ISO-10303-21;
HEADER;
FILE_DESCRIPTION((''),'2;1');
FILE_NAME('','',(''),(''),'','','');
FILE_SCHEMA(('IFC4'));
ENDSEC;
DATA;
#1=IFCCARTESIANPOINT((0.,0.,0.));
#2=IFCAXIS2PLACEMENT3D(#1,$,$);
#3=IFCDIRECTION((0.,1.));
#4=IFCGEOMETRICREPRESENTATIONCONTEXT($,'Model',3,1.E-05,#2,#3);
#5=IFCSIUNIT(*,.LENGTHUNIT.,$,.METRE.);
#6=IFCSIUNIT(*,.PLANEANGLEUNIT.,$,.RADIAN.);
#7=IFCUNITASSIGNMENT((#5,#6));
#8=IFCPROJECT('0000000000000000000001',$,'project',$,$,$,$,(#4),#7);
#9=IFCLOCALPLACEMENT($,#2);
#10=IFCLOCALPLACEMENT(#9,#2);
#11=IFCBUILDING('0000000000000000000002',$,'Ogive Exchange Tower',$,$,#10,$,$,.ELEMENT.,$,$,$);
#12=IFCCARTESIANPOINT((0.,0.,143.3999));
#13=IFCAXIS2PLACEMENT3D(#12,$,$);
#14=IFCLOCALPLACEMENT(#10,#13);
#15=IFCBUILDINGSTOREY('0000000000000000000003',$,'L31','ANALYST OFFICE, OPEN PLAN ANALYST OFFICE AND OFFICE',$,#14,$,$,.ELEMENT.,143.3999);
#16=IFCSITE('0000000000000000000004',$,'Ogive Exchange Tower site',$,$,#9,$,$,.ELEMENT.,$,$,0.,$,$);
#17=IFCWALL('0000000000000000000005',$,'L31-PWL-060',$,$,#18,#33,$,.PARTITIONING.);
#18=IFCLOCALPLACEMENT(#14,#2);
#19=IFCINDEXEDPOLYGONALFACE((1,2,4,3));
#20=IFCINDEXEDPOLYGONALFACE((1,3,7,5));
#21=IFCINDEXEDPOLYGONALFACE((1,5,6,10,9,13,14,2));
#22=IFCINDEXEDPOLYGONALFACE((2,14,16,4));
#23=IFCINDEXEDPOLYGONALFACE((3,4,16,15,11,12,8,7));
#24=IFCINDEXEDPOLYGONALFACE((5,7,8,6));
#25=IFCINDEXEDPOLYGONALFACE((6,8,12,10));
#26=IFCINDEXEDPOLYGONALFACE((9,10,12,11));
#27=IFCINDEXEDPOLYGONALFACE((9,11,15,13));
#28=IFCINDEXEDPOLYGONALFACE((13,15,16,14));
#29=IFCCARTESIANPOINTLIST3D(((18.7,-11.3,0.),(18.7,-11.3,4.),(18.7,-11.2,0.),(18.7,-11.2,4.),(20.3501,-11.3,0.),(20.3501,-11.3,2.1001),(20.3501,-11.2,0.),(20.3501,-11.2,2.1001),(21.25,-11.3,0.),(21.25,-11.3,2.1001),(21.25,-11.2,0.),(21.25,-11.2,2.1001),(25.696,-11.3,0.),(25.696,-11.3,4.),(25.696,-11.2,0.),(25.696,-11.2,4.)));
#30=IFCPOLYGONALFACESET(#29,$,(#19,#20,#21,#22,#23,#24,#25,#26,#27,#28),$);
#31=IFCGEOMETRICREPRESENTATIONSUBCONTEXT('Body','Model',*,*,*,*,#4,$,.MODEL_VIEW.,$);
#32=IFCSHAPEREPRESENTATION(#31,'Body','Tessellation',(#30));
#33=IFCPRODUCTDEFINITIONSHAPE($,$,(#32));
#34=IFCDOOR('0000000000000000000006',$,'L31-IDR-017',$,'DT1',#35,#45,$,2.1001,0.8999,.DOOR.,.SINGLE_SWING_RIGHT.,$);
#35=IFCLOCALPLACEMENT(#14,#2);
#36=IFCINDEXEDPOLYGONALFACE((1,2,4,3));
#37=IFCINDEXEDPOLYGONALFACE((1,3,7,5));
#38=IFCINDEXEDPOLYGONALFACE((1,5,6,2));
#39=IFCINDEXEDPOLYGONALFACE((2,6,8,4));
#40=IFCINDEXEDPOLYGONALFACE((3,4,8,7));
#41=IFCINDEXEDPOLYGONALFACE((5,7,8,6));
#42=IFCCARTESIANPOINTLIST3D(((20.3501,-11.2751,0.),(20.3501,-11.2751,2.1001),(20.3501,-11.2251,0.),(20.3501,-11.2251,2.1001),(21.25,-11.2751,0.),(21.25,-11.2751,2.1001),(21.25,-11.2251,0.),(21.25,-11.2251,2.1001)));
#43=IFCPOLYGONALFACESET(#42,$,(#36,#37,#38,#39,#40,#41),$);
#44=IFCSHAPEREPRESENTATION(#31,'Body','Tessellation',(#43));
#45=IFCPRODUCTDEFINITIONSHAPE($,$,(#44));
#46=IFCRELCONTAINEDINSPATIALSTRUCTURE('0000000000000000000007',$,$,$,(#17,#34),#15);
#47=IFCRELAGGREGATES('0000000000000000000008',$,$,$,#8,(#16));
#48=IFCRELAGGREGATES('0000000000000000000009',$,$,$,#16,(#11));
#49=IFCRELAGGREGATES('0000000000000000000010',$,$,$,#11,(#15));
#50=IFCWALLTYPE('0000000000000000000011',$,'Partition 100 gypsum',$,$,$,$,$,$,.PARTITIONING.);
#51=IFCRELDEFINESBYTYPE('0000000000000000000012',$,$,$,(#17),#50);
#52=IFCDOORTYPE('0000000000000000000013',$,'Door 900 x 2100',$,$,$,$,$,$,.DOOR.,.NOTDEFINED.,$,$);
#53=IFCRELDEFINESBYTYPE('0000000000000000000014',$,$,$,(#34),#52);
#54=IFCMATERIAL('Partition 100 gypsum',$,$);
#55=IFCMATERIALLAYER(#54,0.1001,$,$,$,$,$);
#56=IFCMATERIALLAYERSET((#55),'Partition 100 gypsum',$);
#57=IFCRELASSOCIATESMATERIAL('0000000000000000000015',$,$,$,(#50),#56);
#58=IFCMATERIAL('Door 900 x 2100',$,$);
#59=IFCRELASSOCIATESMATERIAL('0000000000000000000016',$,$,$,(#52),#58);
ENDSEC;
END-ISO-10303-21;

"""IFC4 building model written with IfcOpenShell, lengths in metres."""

from ifc_helpers import new_model, si_unit, direction, frame, frame_2d, origin, place, context, subcontext, project, spatial, rectangle, extrude, material, layer, layer_set, type_object, element, fill, save


model = new_model("IFC4")

# Units and contexts
model_context = context("Model", 3, precision=1e-05, world=origin(), true_north=direction((0.0, 1.0)))
body_context = subcontext(model_context, "Body", "Model", "MODEL_VIEW")
ifc_project = project(units=[si_unit("LENGTHUNIT", "METRE"), si_unit("PLANEANGLEUNIT", "RADIAN")], contexts=[model_context])

# Site, building, storey
site_placement = place(None, origin())
site = spatial("IfcSite", under=ifc_project, at=site_placement, Name="Ogive Exchange Tower site", CompositionType="ELEMENT", RefElevation=0.0)
building_placement = place(site_placement, origin())
building = spatial("IfcBuilding", under=site, at=building_placement, Name="Ogive Exchange Tower", CompositionType="ELEMENT")
storey_placement = place(building_placement, frame((0.0, 0.0, 143.3999)))
storey = spatial("IfcBuildingStorey", under=building, at=storey_placement, Name="L31", Description="ANALYST OFFICE, OPEN PLAN ANALYST OFFICE AND OFFICE", CompositionType="ELEMENT", Elevation=143.3999)

# Wall, opening, door
ifc_material_1 = material(Name="Partition 100 gypsum")
ifc_layer_1 = layer(ifc_material_1, 0.1001)
ifc_layer_set_1 = layer_set([ifc_layer_1], Name="Partition 100 gypsum")
wall_type_1 = type_object("IfcWallType", Name="Partition 100 gypsum", PredefinedType="PARTITIONING", material=ifc_layer_set_1)
wall_1_placement = place(storey_placement, frame((25.696, -11.25, 0.0), z_axis=(0.0, 0.0, 1.0), x_axis=(-1.0, 0.0, 0.0)))
wall_1 = element("IfcWall", 1, at=wall_1_placement, inside=storey, type_object=wall_type_1, Name="L31-PWL-060", PredefinedType="PARTITIONING", context=body_context, shape_type="SweptSolid", body=[
    extrude(rectangle(XDim=6.9961, YDim=0.1001, at=frame_2d((3.498, 0.0))), origin(), (0.0, 0.0, 1.0), 4.0),
])
opening_1_placement = place(wall_1_placement, frame((4.446, 0.0, 0.0)))
opening_1 = element("IfcOpeningElement", 2, at=opening_1_placement, cuts=wall_1, PredefinedType="OPENING", context=body_context, shape_type="SweptSolid", body=[
    extrude(rectangle(XDim=0.8999, YDim=2.1001, at=frame_2d((0.45, 1.05))), frame((0.0, 0.0601, 0.0), z_axis=(0.0, -1.0, 0.0), x_axis=(1.0, 0.0, 0.0)), (0.0, 0.0, 1.0), 0.1201),
])
ifc_material_2 = material(Name="Door 900 x 2100")
door_type_1 = type_object("IfcDoorType", Name="Door 900 x 2100", OperationType="NOTDEFINED", PredefinedType="DOOR", material=ifc_material_2)
door_1_placement = place(opening_1_placement, frame((0.8999, 0.0, 0.0), z_axis=(0.0, 0.0, 1.0), x_axis=(-1.0, 0.0, 0.0)))
door_1 = element("IfcDoor", 3, at=door_1_placement, inside=storey, type_object=door_type_1, Name="L31-IDR-017", ObjectType="DT1", OperationType="SINGLE_SWING_RIGHT", OverallHeight=2.1001, OverallWidth=0.8999, PredefinedType="DOOR", context=body_context, shape_type="SweptSolid", body=[
    extrude(rectangle(XDim=0.8999, YDim=2.1001, at=frame_2d((0.45, 1.05))), frame((0.0, 0.0249, 0.0), z_axis=(0.0, -1.0, 0.0), x_axis=(1.0, 0.0, 0.0)), (0.0, 0.0, 1.0), 0.05),
])
fill(opening_1, door_1)

save(model, "model.ifc")
